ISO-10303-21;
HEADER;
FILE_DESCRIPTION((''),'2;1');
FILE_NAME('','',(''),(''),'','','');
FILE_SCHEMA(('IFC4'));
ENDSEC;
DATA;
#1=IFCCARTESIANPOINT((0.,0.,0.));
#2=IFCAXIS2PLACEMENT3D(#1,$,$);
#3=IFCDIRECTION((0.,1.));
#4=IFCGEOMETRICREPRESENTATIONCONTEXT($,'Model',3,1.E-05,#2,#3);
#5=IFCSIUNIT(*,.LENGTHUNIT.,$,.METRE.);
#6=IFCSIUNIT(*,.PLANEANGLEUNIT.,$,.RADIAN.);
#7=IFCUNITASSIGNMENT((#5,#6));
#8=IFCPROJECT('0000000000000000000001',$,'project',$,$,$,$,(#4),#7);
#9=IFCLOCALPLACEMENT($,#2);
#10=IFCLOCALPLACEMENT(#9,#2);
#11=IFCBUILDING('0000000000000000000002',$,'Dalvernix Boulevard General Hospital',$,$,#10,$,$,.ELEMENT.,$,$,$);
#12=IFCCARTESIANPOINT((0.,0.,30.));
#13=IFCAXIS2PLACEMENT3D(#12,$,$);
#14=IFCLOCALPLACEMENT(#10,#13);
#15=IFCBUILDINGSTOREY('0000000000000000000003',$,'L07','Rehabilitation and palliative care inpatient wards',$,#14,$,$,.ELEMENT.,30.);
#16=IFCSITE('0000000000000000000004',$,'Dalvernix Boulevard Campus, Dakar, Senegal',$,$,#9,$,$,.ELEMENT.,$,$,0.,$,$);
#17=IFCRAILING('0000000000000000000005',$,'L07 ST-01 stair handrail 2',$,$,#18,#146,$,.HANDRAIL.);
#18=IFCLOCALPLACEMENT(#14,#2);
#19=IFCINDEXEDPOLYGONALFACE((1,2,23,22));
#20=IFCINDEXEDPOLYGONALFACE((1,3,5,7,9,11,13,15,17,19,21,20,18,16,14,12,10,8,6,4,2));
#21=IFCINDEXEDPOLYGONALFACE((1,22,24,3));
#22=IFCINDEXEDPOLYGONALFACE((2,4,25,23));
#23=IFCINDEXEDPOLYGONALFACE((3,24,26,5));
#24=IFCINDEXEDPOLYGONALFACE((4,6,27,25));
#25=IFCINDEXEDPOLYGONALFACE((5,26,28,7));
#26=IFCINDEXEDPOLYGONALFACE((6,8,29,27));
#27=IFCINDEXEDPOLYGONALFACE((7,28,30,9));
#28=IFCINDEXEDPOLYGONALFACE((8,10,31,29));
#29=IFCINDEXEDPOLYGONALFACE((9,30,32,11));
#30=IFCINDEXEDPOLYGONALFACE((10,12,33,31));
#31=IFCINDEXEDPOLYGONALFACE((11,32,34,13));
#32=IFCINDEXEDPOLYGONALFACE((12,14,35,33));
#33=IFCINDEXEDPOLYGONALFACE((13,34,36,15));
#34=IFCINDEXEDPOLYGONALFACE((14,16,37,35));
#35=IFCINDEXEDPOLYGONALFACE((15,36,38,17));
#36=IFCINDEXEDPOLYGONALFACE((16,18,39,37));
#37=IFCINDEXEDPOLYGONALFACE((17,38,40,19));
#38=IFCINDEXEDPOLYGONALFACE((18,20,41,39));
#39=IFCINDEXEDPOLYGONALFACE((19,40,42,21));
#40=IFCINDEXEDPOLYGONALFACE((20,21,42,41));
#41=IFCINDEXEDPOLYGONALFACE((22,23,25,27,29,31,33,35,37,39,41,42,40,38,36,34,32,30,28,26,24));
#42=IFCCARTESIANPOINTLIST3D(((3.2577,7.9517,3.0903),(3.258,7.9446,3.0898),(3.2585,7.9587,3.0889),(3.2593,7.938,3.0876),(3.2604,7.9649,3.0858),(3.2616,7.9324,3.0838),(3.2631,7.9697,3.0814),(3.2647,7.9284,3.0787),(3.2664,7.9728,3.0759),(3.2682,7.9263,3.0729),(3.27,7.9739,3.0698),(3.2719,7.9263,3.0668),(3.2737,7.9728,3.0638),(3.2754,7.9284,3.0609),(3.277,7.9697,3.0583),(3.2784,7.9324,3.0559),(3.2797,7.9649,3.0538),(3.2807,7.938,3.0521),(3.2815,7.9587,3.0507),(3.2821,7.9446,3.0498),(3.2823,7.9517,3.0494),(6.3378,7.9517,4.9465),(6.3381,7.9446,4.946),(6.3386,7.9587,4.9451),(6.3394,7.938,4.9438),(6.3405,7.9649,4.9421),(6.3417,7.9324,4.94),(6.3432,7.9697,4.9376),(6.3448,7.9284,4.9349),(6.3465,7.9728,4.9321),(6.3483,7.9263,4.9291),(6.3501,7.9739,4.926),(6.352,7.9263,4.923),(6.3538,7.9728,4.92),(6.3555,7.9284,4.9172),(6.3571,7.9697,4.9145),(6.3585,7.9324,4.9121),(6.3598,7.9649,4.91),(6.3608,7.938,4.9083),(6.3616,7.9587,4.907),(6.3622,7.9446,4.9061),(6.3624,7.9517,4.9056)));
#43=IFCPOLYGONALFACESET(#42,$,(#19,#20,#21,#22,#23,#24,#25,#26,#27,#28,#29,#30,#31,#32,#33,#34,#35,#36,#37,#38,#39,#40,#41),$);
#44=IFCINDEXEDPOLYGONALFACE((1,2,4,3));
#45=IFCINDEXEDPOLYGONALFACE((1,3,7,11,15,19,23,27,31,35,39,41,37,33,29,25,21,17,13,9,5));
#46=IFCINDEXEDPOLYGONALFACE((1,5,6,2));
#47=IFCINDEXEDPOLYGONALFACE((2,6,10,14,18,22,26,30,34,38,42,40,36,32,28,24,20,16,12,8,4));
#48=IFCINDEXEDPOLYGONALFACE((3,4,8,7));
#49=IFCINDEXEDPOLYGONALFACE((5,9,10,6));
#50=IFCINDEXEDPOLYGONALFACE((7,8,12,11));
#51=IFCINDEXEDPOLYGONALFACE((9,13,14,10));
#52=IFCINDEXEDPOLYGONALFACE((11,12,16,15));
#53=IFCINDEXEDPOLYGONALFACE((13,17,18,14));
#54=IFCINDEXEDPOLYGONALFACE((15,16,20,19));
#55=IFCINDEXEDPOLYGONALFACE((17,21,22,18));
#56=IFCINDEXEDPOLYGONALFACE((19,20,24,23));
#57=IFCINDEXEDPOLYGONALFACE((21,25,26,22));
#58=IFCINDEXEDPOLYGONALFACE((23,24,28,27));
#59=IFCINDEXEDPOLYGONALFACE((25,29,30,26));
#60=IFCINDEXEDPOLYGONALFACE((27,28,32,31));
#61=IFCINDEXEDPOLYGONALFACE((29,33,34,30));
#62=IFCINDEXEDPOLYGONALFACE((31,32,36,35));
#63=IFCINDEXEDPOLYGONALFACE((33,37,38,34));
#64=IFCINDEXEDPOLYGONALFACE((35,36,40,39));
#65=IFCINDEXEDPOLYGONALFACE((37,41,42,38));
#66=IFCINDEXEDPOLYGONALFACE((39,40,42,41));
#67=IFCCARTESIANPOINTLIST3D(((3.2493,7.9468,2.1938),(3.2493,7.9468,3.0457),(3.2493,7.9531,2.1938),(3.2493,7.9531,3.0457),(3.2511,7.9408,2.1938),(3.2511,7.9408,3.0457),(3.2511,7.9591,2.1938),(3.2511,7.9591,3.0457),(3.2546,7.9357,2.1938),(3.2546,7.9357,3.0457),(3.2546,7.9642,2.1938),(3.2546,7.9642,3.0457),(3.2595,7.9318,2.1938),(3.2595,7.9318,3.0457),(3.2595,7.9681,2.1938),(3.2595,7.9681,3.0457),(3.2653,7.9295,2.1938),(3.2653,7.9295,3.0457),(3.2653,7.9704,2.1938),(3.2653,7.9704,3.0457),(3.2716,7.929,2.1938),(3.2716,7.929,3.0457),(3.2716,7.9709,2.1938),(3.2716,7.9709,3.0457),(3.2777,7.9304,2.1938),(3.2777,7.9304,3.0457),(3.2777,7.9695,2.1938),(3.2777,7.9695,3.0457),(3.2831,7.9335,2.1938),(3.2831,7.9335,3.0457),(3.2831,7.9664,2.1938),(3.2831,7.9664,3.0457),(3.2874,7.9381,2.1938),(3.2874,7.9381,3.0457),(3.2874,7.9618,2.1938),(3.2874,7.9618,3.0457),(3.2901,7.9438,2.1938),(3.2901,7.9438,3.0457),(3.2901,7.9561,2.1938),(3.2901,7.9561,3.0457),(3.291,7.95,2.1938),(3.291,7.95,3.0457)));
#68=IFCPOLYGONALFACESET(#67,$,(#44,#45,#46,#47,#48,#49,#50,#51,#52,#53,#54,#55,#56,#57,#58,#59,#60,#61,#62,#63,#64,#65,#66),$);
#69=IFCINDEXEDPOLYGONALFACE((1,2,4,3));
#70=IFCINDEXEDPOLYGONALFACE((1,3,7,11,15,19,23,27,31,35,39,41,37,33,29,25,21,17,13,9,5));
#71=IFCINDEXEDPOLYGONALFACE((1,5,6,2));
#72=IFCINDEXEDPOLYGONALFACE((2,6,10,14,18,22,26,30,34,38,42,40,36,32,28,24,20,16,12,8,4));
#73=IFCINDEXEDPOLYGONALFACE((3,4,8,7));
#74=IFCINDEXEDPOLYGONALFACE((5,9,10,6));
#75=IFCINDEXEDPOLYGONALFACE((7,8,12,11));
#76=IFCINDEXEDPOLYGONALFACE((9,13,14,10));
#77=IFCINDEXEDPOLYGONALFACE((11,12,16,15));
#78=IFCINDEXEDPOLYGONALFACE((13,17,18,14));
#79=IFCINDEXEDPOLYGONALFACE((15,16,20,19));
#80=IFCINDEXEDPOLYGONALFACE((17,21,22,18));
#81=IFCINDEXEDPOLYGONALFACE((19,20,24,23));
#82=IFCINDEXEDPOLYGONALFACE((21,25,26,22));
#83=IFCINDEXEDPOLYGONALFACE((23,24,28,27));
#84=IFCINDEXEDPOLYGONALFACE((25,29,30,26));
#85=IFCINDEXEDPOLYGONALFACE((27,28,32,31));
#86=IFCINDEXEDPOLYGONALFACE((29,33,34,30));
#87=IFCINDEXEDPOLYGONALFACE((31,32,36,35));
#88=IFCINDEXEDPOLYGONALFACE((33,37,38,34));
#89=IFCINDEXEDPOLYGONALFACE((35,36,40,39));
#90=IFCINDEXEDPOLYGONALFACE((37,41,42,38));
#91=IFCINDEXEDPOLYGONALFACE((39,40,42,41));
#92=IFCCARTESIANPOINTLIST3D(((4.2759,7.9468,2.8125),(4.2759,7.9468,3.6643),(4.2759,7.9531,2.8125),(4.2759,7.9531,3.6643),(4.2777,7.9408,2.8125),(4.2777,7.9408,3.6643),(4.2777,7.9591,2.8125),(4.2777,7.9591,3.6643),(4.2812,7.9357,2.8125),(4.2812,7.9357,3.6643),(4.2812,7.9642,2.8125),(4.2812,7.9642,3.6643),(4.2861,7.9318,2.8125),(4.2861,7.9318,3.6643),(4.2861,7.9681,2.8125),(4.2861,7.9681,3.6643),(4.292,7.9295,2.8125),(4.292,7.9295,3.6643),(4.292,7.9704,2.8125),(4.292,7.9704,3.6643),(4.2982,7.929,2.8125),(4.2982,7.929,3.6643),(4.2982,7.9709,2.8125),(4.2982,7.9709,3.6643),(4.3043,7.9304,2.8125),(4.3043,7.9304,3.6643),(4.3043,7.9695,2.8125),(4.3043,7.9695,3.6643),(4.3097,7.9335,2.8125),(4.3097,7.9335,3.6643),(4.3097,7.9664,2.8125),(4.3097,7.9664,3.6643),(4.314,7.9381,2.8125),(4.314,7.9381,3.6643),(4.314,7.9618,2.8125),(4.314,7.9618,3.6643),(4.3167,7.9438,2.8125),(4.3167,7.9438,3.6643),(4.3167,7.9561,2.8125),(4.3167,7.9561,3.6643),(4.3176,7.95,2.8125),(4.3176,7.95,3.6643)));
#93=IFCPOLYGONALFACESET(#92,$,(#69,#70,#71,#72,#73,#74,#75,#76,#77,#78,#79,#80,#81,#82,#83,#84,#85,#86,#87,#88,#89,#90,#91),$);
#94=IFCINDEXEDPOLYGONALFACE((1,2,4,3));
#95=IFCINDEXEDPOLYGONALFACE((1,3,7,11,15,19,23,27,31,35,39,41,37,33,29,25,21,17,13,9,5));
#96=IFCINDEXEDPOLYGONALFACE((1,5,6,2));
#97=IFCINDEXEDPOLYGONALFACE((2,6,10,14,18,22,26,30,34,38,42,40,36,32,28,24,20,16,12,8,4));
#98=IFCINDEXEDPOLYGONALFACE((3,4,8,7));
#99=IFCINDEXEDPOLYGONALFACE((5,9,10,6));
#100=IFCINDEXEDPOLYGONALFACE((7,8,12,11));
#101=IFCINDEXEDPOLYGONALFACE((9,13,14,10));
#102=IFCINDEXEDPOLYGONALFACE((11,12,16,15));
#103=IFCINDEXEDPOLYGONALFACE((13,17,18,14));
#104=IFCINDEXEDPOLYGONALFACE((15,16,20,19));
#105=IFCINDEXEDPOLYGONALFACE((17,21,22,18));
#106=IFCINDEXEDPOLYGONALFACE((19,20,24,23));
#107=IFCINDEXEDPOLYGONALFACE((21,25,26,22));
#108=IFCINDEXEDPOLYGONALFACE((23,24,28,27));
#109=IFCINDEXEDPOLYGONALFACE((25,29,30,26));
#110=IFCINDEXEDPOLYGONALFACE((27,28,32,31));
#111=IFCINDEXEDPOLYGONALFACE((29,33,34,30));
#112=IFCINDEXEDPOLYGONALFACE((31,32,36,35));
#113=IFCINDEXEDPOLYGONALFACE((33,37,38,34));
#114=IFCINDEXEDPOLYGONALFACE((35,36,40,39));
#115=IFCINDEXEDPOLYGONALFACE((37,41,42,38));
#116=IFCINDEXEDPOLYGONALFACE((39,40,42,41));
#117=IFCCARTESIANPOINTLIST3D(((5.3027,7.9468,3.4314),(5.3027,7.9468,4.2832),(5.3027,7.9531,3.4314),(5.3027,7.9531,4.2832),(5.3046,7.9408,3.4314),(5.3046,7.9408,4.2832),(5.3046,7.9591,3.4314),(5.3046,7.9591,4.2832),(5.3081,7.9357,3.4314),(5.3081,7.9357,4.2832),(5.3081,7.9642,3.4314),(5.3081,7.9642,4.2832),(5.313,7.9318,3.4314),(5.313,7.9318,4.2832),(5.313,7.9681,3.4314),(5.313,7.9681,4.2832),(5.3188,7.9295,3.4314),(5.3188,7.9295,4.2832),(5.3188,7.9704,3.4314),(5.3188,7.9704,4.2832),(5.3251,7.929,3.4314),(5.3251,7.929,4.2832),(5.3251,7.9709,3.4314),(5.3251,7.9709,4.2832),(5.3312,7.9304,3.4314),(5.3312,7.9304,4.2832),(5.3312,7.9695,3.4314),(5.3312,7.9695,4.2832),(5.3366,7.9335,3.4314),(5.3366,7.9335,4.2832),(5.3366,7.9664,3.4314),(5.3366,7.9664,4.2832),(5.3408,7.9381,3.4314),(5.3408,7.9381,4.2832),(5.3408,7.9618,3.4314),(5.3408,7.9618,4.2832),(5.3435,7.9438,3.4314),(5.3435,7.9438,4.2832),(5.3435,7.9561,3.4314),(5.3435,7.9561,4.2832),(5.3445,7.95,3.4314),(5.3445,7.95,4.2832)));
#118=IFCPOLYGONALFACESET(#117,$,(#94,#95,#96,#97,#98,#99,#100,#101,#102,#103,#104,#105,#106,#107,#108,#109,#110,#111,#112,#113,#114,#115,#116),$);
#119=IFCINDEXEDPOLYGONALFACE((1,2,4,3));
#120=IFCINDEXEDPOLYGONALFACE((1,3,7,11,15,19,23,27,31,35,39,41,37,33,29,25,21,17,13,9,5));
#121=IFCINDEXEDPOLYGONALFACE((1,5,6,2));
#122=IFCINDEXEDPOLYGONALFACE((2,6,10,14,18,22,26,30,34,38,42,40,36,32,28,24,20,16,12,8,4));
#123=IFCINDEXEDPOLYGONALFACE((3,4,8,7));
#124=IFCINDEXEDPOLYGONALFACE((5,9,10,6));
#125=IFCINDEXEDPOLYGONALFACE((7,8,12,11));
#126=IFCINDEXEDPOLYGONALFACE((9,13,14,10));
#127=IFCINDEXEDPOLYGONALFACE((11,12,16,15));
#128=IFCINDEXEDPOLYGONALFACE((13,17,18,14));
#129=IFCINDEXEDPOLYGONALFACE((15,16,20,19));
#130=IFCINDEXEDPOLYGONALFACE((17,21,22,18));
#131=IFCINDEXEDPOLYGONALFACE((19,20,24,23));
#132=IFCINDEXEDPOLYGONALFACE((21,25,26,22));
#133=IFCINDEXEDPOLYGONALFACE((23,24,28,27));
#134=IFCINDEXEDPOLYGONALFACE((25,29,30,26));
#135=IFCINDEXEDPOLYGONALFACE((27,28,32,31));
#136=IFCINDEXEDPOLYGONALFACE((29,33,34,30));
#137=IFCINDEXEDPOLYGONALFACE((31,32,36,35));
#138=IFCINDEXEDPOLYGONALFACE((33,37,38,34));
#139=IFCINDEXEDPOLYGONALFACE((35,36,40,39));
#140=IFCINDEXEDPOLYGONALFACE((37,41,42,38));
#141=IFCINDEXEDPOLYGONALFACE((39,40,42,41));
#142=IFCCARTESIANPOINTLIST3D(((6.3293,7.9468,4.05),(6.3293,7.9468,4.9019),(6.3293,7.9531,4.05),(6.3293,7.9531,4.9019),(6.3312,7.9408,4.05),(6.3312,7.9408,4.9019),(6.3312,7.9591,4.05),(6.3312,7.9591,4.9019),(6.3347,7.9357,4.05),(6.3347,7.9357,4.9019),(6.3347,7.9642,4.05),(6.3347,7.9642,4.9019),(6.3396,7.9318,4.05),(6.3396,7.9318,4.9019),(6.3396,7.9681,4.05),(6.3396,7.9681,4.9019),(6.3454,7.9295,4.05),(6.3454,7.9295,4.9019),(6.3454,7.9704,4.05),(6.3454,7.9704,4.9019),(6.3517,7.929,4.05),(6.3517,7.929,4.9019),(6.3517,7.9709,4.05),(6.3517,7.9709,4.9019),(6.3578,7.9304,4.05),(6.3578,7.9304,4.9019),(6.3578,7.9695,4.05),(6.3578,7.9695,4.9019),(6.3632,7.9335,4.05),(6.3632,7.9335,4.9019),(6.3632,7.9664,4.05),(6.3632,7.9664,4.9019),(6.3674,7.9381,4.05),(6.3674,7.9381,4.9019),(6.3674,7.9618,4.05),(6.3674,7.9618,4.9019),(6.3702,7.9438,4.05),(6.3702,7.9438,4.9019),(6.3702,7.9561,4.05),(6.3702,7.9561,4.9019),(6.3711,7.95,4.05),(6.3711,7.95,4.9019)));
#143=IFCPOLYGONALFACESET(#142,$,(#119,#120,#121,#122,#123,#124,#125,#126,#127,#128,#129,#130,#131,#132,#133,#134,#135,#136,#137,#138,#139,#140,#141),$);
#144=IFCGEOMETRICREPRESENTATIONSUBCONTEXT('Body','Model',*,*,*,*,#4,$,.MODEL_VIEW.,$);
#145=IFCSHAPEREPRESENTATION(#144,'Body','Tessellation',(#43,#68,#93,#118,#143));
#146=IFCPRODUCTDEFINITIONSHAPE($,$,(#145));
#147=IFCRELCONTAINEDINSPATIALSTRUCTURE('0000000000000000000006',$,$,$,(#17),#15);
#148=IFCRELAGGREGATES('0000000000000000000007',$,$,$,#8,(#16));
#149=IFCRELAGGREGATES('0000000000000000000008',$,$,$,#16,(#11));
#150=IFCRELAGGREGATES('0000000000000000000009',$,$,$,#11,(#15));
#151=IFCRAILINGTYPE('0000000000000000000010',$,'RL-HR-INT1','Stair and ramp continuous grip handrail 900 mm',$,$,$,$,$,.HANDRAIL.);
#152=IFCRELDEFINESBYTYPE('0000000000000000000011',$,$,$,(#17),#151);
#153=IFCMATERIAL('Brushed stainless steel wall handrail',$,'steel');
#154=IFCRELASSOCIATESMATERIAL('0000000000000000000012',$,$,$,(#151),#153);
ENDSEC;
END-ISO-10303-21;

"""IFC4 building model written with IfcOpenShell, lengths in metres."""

from ifc_helpers import new_model, si_unit, direction, frame, origin, origin_2d, place, context, subcontext, project, spatial, circle, extrude, material, type_object, element, save


model = new_model("IFC4")

# Units and contexts
model_context = context("Model", 3, precision=1e-05, world=origin(), true_north=direction((0.0, 1.0)))
body_context = subcontext(model_context, "Body", "Model", "MODEL_VIEW")
ifc_project = project(units=[si_unit("LENGTHUNIT", "METRE"), si_unit("PLANEANGLEUNIT", "RADIAN")], contexts=[model_context])

# Site, building, storey
site_placement = place(None, origin())
site = spatial("IfcSite", under=ifc_project, at=site_placement, Name="Dalvernix Boulevard Campus, Dakar, Senegal", CompositionType="ELEMENT", RefElevation=0.0)
building_placement = place(site_placement, origin())
building = spatial("IfcBuilding", under=site, at=building_placement, Name="Dalvernix Boulevard General Hospital", CompositionType="ELEMENT")
storey_placement = place(building_placement, frame((0.0, 0.0, 30.0)))
storey = spatial("IfcBuildingStorey", under=building, at=storey_placement, Name="L07", Description="Rehabilitation and palliative care inpatient wards", CompositionType="ELEMENT", Elevation=30.0)

# Railing
ifc_material_1 = material(Name="Brushed stainless steel wall handrail", Category="steel")
railing_type_1 = type_object("IfcRailingType", Name="RL-HR-INT1", Description="Stair and ramp continuous grip handrail 900 mm", PredefinedType="HANDRAIL", material=ifc_material_1)
railing_1_placement = place(storey_placement, frame((3.27, 7.95, 2.1938)))
element("IfcRailing", 1, at=railing_1_placement, inside=storey, type_object=railing_type_1, Name="L07 ST-01 stair handrail 2", PredefinedType="HANDRAIL", context=body_context, shape_type="SweptSolid", body=[
    extrude(circle(Radius=0.0239, at=origin_2d()), frame((0.0, 0.0, 0.876), z_axis=(0.856491, 0.0, 0.516162), x_axis=(0.0, 1.0, 0.0)), (0.0, 0.0, 1.0), 3.5962),
    extrude(circle(Radius=0.021, at=origin_2d()), origin(), (0.0, 0.0, 1.0), 0.8518),
    extrude(circle(Radius=0.021, at=origin_2d()), frame((1.0266, 0.0, 0.6187)), (0.0, 0.0, 1.0), 0.8518),
    extrude(circle(Radius=0.021, at=origin_2d()), frame((2.0535, 0.0, 1.2375)), (0.0, 0.0, 1.0), 0.8518),
    extrude(circle(Radius=0.021, at=origin_2d()), frame((3.0801, 0.0, 1.8562)), (0.0, 0.0, 1.0), 0.8518),
])

save(model, "model.ifc")
